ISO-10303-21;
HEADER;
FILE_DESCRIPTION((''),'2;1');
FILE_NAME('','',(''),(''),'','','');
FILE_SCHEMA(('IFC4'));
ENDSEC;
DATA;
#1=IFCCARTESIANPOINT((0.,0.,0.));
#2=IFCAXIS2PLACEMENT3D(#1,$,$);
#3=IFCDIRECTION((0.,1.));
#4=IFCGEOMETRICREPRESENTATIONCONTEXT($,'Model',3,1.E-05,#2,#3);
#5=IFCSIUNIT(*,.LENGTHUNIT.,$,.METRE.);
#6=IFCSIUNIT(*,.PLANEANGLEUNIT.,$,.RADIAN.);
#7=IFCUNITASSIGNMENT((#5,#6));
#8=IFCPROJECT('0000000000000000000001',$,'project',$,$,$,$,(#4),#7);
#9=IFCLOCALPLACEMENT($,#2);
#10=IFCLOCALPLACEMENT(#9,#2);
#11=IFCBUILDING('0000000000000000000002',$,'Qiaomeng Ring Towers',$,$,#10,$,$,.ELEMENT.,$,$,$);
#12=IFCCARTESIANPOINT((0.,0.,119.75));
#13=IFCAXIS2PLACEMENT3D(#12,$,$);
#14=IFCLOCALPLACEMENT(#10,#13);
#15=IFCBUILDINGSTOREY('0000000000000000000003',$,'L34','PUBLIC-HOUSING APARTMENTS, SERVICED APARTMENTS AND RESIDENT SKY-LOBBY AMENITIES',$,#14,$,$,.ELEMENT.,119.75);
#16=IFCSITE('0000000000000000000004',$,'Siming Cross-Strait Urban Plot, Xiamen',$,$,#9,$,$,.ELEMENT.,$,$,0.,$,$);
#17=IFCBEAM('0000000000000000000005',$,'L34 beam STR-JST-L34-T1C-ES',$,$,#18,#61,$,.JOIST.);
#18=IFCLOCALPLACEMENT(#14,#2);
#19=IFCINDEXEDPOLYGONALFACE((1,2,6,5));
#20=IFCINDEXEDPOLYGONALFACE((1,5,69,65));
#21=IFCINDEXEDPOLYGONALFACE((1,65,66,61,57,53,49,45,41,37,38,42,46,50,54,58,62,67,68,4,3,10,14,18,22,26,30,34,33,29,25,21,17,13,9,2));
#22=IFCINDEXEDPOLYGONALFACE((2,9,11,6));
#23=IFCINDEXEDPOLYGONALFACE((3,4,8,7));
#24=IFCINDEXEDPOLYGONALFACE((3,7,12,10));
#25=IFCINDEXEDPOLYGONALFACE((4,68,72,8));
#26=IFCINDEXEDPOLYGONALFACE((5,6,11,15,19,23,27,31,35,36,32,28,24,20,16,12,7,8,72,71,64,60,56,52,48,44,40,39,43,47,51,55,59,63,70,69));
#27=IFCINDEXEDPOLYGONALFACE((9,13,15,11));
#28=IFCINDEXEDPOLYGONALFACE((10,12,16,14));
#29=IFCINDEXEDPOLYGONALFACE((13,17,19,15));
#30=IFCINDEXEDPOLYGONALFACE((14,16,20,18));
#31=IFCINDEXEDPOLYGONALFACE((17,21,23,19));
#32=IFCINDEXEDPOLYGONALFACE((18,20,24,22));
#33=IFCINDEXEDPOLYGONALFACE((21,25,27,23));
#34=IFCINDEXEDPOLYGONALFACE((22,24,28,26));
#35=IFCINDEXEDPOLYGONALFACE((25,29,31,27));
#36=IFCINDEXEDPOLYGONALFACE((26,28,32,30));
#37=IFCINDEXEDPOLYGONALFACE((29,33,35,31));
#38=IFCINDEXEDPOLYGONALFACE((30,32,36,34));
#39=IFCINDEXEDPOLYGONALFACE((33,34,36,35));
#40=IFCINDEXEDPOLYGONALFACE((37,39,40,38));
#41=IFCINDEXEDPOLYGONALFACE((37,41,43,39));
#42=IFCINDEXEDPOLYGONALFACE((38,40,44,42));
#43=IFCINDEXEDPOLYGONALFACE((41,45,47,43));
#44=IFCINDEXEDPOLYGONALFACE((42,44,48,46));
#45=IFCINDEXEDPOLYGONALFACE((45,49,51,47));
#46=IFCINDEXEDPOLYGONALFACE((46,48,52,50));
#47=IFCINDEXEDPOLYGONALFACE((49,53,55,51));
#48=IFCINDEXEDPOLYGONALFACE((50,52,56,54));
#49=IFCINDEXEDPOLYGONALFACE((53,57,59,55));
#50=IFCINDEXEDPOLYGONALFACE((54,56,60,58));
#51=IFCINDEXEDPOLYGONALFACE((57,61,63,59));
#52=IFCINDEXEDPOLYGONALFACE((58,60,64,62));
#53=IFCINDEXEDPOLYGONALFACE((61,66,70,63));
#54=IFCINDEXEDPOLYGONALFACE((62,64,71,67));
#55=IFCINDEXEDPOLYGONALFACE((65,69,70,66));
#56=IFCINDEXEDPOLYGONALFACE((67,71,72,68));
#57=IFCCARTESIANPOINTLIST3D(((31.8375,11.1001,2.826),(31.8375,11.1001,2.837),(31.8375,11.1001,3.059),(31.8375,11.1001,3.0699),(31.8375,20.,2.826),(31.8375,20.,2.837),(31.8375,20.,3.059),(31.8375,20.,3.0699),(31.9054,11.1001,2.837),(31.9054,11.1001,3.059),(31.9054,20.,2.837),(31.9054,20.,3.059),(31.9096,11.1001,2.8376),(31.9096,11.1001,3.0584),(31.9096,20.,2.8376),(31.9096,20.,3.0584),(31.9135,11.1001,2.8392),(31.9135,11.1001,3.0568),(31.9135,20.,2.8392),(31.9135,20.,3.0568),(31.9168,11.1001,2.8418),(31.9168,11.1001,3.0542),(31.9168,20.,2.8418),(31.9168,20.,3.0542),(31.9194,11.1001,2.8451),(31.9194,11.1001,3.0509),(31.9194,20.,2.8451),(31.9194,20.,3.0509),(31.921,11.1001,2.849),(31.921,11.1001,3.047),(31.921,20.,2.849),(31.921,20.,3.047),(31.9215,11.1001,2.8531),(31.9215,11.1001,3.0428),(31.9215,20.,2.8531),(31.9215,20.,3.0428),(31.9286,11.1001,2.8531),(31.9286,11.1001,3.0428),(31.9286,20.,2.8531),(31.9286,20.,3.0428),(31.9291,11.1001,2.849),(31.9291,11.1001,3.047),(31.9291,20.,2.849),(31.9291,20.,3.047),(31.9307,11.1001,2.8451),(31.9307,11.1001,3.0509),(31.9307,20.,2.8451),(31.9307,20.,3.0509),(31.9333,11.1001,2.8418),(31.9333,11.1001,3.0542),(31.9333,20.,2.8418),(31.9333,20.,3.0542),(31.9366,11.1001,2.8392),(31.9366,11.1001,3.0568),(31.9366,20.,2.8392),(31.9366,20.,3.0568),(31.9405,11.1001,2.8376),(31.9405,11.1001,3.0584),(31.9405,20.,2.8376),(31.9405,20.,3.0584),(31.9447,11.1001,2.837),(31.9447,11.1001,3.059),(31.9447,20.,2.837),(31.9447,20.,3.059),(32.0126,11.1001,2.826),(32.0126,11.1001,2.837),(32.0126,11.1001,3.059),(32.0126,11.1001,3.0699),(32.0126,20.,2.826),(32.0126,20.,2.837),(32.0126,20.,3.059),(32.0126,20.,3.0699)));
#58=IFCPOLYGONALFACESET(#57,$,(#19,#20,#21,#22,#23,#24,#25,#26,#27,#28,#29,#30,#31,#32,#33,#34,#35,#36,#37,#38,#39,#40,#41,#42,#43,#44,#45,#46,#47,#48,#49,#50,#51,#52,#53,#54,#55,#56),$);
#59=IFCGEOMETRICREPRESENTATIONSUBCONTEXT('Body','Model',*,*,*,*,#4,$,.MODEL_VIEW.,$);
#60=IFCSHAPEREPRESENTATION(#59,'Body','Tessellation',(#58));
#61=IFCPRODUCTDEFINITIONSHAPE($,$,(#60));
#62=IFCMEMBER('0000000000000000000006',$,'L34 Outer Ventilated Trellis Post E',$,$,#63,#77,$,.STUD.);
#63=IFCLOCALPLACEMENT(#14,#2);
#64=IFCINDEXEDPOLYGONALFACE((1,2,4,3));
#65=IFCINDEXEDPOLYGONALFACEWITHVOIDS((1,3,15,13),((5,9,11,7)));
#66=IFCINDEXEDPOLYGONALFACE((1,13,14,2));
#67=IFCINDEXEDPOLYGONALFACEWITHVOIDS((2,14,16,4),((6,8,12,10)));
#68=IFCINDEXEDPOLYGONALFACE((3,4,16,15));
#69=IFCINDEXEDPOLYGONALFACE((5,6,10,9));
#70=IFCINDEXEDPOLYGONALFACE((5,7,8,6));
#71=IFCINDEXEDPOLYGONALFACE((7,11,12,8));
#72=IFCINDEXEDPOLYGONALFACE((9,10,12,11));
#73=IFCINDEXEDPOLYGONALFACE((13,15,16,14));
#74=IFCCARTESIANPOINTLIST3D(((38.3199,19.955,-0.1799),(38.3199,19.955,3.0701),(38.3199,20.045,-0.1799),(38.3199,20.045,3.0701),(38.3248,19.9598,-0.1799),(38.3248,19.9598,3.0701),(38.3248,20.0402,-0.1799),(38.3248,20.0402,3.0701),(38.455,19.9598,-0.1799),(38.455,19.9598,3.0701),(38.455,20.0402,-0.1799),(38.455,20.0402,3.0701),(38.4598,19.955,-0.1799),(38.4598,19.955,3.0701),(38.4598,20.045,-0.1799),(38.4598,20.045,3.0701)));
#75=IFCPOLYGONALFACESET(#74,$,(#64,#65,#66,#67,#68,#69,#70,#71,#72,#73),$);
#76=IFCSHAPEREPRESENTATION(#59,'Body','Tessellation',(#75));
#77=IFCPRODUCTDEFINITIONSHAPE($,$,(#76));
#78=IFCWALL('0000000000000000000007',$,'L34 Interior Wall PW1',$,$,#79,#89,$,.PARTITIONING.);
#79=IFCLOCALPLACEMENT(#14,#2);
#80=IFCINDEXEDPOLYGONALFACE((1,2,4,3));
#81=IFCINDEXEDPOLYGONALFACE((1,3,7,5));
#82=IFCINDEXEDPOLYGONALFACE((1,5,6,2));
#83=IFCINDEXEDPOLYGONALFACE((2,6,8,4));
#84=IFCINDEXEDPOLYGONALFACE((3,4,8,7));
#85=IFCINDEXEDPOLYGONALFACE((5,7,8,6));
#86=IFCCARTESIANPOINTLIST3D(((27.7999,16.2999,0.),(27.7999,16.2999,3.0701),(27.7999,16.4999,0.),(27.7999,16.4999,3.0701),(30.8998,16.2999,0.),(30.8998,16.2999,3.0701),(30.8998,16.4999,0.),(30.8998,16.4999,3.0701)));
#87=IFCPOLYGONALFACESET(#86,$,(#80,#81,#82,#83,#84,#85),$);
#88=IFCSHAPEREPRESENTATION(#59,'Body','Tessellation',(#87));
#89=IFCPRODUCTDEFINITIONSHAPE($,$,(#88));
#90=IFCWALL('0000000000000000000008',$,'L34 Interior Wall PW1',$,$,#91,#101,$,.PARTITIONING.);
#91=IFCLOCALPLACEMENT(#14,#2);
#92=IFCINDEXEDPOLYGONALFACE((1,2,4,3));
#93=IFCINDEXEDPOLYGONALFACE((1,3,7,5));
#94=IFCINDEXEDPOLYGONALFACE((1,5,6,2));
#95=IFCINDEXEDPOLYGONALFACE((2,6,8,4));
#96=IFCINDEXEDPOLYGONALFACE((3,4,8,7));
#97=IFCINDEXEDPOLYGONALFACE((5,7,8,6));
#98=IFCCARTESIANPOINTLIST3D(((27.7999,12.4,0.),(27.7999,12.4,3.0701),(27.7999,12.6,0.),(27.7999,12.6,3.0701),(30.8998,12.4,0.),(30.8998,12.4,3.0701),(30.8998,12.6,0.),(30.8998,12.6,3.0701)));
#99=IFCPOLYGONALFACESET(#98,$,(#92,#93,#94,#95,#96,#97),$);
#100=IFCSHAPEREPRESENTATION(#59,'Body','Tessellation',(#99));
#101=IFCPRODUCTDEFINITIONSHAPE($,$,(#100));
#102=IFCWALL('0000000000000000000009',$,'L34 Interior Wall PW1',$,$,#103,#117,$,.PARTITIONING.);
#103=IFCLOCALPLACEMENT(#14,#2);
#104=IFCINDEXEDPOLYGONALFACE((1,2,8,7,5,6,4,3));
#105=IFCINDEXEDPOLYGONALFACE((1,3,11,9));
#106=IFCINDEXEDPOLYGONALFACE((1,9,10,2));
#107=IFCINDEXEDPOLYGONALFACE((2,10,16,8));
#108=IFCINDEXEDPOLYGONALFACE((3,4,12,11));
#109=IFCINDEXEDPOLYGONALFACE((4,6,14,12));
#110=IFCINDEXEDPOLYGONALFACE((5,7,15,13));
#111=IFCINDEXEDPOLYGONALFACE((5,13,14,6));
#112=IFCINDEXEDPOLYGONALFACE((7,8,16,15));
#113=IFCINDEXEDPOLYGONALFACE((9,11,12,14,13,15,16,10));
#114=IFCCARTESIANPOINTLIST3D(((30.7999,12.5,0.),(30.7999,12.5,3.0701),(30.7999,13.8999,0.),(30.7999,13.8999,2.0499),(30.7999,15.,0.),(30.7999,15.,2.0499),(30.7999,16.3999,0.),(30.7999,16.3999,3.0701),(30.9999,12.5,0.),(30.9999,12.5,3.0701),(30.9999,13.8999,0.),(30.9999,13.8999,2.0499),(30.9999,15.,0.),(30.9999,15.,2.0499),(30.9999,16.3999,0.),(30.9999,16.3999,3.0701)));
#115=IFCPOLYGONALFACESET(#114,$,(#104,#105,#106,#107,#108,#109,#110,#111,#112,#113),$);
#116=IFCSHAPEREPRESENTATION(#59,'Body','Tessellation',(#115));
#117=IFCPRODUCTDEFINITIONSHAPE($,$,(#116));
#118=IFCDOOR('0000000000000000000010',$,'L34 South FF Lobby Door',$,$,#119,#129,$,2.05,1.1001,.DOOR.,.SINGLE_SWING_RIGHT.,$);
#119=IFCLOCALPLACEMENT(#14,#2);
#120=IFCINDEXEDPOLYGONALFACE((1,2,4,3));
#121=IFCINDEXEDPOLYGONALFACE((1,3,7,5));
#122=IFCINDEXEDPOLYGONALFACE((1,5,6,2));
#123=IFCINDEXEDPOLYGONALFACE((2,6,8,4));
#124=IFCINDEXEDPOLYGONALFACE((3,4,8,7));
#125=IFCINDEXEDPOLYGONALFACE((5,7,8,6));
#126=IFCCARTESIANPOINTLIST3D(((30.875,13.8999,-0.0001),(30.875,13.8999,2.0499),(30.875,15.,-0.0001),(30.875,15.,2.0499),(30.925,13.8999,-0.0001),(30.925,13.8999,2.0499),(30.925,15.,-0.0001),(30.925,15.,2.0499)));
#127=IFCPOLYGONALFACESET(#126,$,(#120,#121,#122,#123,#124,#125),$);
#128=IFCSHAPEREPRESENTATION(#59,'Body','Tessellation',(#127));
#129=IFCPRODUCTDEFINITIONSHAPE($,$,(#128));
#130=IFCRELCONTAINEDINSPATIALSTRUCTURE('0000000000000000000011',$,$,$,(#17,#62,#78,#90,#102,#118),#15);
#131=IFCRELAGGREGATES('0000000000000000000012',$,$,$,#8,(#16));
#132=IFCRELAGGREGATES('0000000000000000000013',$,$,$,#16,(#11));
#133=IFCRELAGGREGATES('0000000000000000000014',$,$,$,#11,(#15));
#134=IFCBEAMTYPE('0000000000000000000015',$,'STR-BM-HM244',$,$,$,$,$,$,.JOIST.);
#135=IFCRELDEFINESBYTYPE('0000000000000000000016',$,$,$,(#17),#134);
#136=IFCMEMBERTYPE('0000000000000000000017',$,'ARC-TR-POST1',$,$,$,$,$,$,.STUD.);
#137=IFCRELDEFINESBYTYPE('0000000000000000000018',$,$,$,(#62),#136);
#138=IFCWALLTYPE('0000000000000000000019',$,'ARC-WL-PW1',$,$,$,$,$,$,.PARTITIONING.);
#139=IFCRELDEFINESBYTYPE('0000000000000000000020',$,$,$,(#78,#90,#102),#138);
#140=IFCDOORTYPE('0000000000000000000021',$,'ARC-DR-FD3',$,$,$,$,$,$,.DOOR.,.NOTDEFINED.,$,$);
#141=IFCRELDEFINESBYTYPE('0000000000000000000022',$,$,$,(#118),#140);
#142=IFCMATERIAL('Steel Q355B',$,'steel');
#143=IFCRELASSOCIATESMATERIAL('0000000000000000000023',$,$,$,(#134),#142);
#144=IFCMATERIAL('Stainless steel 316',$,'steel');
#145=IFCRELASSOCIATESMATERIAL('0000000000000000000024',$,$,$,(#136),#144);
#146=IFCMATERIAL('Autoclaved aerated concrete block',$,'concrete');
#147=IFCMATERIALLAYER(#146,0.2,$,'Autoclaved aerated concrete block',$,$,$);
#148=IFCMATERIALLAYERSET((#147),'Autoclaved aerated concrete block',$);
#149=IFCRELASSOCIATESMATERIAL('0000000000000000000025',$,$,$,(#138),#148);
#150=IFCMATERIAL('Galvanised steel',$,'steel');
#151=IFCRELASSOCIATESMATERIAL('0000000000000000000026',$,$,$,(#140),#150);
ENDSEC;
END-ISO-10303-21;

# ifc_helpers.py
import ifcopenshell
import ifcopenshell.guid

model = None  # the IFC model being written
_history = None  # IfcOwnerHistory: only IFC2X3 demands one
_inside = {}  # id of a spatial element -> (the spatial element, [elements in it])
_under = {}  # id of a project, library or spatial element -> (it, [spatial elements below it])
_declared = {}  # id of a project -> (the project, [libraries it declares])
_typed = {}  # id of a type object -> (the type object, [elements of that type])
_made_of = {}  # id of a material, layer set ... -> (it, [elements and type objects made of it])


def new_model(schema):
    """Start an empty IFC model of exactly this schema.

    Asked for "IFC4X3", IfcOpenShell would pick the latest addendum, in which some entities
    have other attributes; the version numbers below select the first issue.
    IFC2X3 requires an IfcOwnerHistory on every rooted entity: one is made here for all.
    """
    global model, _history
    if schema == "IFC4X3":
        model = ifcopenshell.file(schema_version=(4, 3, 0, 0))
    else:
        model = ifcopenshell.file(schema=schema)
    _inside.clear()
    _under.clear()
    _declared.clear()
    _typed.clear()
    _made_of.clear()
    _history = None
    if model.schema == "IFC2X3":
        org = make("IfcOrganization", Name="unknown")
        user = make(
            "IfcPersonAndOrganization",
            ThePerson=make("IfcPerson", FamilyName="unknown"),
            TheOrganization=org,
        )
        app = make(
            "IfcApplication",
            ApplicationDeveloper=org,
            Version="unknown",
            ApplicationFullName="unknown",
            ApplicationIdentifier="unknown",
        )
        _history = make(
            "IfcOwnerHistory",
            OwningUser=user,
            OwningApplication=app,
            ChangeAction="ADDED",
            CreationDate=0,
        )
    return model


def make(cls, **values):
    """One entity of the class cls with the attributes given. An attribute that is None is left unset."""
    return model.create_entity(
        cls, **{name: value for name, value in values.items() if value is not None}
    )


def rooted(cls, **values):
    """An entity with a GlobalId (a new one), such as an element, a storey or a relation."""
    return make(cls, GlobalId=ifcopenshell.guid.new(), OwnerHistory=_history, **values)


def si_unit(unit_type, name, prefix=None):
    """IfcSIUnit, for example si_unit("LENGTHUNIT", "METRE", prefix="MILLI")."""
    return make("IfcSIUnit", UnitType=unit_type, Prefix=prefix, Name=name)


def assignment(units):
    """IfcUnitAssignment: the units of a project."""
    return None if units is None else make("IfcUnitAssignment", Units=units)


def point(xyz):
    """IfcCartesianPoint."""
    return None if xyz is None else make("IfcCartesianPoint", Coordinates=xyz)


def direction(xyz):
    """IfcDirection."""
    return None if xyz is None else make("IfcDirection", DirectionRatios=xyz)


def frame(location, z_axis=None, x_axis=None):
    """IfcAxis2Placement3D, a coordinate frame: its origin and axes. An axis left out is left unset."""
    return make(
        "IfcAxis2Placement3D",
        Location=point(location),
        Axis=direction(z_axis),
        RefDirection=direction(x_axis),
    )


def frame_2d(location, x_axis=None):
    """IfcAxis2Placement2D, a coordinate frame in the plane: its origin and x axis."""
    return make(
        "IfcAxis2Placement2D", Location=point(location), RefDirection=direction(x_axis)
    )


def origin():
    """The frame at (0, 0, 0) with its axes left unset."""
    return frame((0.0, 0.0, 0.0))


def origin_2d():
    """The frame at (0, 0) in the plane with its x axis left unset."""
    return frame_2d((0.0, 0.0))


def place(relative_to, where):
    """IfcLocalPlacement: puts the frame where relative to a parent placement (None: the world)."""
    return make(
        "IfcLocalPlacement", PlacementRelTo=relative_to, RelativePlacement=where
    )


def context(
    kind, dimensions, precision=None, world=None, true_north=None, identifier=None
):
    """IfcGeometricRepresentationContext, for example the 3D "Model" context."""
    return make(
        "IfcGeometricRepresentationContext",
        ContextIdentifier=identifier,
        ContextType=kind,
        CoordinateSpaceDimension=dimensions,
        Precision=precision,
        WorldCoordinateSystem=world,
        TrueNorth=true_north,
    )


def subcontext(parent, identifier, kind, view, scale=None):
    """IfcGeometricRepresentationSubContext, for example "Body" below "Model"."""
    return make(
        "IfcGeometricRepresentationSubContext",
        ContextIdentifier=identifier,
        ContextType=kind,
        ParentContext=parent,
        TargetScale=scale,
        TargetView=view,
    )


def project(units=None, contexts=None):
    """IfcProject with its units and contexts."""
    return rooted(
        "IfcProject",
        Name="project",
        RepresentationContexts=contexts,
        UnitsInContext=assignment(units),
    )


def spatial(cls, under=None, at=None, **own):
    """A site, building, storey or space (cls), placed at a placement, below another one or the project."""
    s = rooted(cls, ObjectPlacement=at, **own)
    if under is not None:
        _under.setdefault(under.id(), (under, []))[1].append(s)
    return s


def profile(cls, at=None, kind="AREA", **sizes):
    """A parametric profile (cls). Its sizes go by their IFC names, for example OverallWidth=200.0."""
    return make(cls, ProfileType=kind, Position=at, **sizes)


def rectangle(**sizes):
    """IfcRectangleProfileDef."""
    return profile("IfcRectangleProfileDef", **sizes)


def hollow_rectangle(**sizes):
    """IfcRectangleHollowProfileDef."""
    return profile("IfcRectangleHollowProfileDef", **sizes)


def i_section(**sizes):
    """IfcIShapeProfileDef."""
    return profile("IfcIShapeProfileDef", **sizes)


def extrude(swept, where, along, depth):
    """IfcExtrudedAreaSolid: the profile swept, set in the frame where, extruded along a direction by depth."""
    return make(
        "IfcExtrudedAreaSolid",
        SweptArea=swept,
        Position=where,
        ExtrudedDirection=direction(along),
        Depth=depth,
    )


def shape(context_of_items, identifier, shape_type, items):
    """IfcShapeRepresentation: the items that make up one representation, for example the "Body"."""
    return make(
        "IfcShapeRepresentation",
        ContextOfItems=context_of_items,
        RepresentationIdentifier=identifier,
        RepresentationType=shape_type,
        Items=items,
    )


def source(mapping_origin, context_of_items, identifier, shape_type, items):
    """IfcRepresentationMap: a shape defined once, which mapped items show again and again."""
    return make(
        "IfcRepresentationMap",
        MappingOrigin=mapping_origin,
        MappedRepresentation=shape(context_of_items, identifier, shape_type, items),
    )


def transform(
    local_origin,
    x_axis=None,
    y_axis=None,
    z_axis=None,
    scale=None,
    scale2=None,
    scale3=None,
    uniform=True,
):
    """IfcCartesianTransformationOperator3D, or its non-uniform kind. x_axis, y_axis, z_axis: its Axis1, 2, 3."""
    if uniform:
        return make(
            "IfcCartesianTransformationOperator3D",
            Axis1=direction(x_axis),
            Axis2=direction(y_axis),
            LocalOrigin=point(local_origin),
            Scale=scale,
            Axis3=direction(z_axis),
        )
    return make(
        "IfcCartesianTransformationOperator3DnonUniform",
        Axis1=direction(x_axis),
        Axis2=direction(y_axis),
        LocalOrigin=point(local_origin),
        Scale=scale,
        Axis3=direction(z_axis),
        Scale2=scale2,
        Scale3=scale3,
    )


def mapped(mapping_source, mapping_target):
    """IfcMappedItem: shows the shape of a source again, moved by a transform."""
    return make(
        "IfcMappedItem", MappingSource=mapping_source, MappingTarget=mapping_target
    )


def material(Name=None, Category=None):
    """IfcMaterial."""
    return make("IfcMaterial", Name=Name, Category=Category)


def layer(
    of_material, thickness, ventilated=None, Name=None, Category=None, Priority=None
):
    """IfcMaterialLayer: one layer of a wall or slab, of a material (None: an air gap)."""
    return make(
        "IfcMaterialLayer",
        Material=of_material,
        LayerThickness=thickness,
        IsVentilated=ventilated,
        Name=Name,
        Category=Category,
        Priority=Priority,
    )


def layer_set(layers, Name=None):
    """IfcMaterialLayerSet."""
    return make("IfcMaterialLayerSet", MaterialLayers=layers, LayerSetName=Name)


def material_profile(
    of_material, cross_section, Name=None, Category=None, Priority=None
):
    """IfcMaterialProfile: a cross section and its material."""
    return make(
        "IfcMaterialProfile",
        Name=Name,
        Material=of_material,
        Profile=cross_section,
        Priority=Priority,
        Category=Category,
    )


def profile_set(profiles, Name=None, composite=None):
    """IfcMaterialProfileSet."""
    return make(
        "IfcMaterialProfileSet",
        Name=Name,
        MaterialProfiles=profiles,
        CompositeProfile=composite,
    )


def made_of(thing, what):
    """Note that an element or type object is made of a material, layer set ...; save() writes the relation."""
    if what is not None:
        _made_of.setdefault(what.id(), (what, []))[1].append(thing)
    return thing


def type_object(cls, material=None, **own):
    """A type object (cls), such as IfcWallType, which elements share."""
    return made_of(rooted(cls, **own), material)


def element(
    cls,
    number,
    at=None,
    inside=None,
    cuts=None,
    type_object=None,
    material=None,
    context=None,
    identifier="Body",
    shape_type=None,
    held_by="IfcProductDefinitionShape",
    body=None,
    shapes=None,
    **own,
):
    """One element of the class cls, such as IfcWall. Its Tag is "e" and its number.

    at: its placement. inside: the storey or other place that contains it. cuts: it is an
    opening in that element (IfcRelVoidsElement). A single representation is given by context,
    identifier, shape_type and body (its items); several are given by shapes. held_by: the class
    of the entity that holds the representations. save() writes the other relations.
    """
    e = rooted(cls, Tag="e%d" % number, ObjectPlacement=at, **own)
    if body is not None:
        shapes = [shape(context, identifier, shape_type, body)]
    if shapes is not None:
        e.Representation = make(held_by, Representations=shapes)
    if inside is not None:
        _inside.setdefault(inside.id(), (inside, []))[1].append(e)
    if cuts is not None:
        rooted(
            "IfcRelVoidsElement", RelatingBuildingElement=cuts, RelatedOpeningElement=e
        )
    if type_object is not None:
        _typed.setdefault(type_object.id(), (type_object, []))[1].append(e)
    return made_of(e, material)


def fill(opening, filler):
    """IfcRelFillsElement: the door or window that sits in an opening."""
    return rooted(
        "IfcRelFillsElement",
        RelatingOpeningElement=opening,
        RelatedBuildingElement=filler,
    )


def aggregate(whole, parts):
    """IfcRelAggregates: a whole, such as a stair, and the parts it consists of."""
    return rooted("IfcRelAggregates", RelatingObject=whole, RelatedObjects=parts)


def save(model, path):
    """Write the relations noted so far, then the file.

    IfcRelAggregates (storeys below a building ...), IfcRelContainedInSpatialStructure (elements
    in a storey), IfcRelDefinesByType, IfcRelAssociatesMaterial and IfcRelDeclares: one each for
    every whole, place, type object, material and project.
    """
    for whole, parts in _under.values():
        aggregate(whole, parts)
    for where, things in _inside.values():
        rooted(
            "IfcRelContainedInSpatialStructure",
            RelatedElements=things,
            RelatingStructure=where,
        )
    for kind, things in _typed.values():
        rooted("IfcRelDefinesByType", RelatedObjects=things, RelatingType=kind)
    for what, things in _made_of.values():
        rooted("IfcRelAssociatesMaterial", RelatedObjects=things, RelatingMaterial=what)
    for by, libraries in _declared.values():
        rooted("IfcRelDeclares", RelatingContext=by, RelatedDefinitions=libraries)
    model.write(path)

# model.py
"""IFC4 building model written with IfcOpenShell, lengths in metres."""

from ifc_helpers import new_model, si_unit, direction, frame, frame_2d, origin, origin_2d, place, context, subcontext, project, spatial, rectangle, hollow_rectangle, i_section, extrude, source, transform, mapped, material, layer, layer_set, material_profile, profile_set, type_object, element, fill, save


model = new_model("IFC4")

# Units and contexts
model_context = context("Model", 3, precision=1e-05, world=origin(), true_north=direction((0.0, 1.0)))
body_context = subcontext(model_context, "Body", "Model", "MODEL_VIEW")
ifc_project = project(units=[si_unit("LENGTHUNIT", "METRE"), si_unit("PLANEANGLEUNIT", "RADIAN")], contexts=[model_context])

# Site, building, storey
site_placement = place(None, origin())
site = spatial("IfcSite", under=ifc_project, at=site_placement, Name="Siming Cross-Strait Urban Plot, Xiamen", CompositionType="ELEMENT", RefElevation=0.0)
building_placement = place(site_placement, origin())
building = spatial("IfcBuilding", under=site, at=building_placement, Name="Qiaomeng Ring Towers", CompositionType="ELEMENT")
storey_placement = place(building_placement, frame((0.0, 0.0, 119.75)))
storey = spatial("IfcBuildingStorey", under=building, at=storey_placement, Name="L34", Description="PUBLIC-HOUSING APARTMENTS, SERVICED APARTMENTS AND RESIDENT SKY-LOBBY AMENITIES", CompositionType="ELEMENT", Elevation=119.75)

# Beam
ifc_material_1 = material(Name="Steel Q355B", Category="steel")
ifc_material_profile_1 = material_profile(ifc_material_1, i_section(OverallWidth=0.175, OverallDepth=0.2439, WebThickness=0.0071, FlangeThickness=0.011, FilletRadius=0.0161, at=origin_2d()), Name="HM 244x175x7x11")
ifc_profile_set_1 = profile_set([ifc_material_profile_1], Name="Steel Q355B")
beam_type_1 = type_object("IfcBeamType", Name="STR-BM-HM244", PredefinedType="JOIST", material=ifc_profile_set_1)
shared_shape_1 = source(origin(), body_context, "Body", "SweptSolid", [
    extrude(i_section(OverallWidth=0.175, OverallDepth=0.2439, WebThickness=0.0071, FlangeThickness=0.011, FilletRadius=0.0161, at=origin_2d()), origin(), (0.0, 0.0, 1.0), 8.8999),
])
beam_1_placement = place(storey_placement, frame((31.925, 11.1001, 2.948), z_axis=(0.0, 1.0, 0.0), x_axis=(-1.0, 0.0, 0.0)))
element("IfcBeam", 1, at=beam_1_placement, inside=storey, type_object=beam_type_1, Name="L34 beam STR-JST-L34-T1C-ES", PredefinedType="JOIST", context=body_context, shape_type="MappedRepresentation", body=[
    mapped(shared_shape_1, transform((0.0, 0.0, 0.0), x_axis=(1.0, 0.0, 0.0), y_axis=(0.0, 1.0, 0.0), z_axis=(0.0, 0.0, 1.0), scale=1.0)),
])

# Member
ifc_material_2 = material(Name="Stainless steel 316", Category="steel")
ifc_material_profile_2 = material_profile(ifc_material_2, hollow_rectangle(XDim=0.0901, YDim=0.1399, WallThickness=0.0049, at=origin_2d()), Name="SS TRELLIS 90x140")
ifc_profile_set_2 = profile_set([ifc_material_profile_2], Name="Stainless steel 316")
member_type = type_object("IfcMemberType", Name="ARC-TR-POST1", PredefinedType="STUD", material=ifc_profile_set_2)
shared_shape_2 = source(origin(), body_context, "Body", "SweptSolid", [
    extrude(hollow_rectangle(XDim=0.0901, YDim=0.1399, WallThickness=0.0049, at=origin_2d()), origin(), (0.0, 0.0, 1.0), 3.25),
])
member_placement = place(storey_placement, frame((38.3899, 20.0, -0.1799), z_axis=(0.0, 0.0, 1.0), x_axis=(0.0, 1.0, 0.0)))
element("IfcMember", 2, at=member_placement, inside=storey, type_object=member_type, Name="L34 Outer Ventilated Trellis Post E", PredefinedType="STUD", context=body_context, shape_type="MappedRepresentation", body=[
    mapped(shared_shape_2, transform((0.0, 0.0, 0.0), x_axis=(1.0, 0.0, 0.0), y_axis=(0.0, 1.0, 0.0), z_axis=(0.0, 0.0, 1.0), scale=1.0)),
])

# Walls
ifc_material_3 = material(Name="Autoclaved aerated concrete block", Category="concrete")
ifc_layer_1 = layer(ifc_material_3, 0.2, Name="Autoclaved aerated concrete block")
ifc_layer_set_1 = layer_set([ifc_layer_1], Name="Autoclaved aerated concrete block")
wall_type_1 = type_object("IfcWallType", Name="ARC-WL-PW1", PredefinedType="PARTITIONING", material=ifc_layer_set_1)
for number, where, z_axis, x_axis, name in (
    (3, (27.8, 16.3999, 0.0), (0.0, 0.0, 1.0), (1.0, 0.0, 0.0), "L34 Interior Wall PW1"),
    (4, (27.8, 12.5, 0.0), (0.0, 0.0, 1.0), (1.0, 0.0, 0.0), "L34 Interior Wall PW1"),
):
    element("IfcWall", number, at=place(storey_placement, frame(where, z_axis=z_axis, x_axis=x_axis)), inside=storey, type_object=wall_type_1, Name=name, PredefinedType="PARTITIONING", context=body_context, shape_type="SweptSolid", body=[
        extrude(rectangle(XDim=3.0999, YDim=0.2, at=frame_2d((1.5498, 0.0))), origin(), (0.0, 0.0, 1.0), 3.0701),
    ])

# Wall, opening, door
wall_1_placement = place(storey_placement, frame((30.8999, 12.5, 0.0), z_axis=(0.0, 0.0, 1.0), x_axis=(0.0, 1.0, 0.0)))
wall_1 = element("IfcWall", 5, at=wall_1_placement, inside=storey, type_object=wall_type_1, Name="L34 Interior Wall PW1", PredefinedType="PARTITIONING", context=body_context, shape_type="SweptSolid", body=[
    extrude(rectangle(XDim=3.8999, YDim=0.2, at=frame_2d((1.95, 0.0))), origin(), (0.0, 0.0, 1.0), 3.0701),
])
opening_1_placement = place(wall_1_placement, frame((1.3999, 0.0, 0.0)))
opening_1 = element("IfcOpeningElement", 6, at=opening_1_placement, cuts=wall_1, PredefinedType="OPENING", context=body_context, shape_type="SweptSolid", body=[
    extrude(rectangle(XDim=1.1001, YDim=2.05, at=frame_2d((0.55, 1.0249))), frame((0.0, 0.1099, 0.0), z_axis=(0.0, -1.0, 0.0), x_axis=(1.0, 0.0, 0.0)), (0.0, 0.0, 1.0), 0.22),
])
ifc_material_4 = material(Name="Galvanised steel", Category="steel")
door_type_1 = type_object("IfcDoorType", Name="ARC-DR-FD3", OperationType="NOTDEFINED", PredefinedType="DOOR", material=ifc_material_4)
shared_shape_3 = source(origin(), body_context, "Body", "SweptSolid", [
    extrude(rectangle(XDim=1.1001, YDim=2.05, at=frame_2d((0.55, 1.0249))), frame((0.0, 0.0249, 0.0), z_axis=(0.0, -1.0, 0.0), x_axis=(1.0, 0.0, 0.0)), (0.0, 0.0, 1.0), 0.05),
])
door_1_placement = place(opening_1_placement, origin())
door_1 = element("IfcDoor", 7, at=door_1_placement, inside=storey, type_object=door_type_1, Name="L34 South FF Lobby Door", OperationType="SINGLE_SWING_RIGHT", OverallHeight=2.05, OverallWidth=1.1001, PredefinedType="DOOR", context=body_context, shape_type="MappedRepresentation", body=[
    mapped(shared_shape_3, transform((0.0, 0.0, 0.0), x_axis=(1.0, 0.0, 0.0), y_axis=(0.0, 1.0, 0.0), z_axis=(0.0, 0.0, 1.0), scale=1.0)),
])
fill(opening_1, door_1)

save(model, "model.ifc")
